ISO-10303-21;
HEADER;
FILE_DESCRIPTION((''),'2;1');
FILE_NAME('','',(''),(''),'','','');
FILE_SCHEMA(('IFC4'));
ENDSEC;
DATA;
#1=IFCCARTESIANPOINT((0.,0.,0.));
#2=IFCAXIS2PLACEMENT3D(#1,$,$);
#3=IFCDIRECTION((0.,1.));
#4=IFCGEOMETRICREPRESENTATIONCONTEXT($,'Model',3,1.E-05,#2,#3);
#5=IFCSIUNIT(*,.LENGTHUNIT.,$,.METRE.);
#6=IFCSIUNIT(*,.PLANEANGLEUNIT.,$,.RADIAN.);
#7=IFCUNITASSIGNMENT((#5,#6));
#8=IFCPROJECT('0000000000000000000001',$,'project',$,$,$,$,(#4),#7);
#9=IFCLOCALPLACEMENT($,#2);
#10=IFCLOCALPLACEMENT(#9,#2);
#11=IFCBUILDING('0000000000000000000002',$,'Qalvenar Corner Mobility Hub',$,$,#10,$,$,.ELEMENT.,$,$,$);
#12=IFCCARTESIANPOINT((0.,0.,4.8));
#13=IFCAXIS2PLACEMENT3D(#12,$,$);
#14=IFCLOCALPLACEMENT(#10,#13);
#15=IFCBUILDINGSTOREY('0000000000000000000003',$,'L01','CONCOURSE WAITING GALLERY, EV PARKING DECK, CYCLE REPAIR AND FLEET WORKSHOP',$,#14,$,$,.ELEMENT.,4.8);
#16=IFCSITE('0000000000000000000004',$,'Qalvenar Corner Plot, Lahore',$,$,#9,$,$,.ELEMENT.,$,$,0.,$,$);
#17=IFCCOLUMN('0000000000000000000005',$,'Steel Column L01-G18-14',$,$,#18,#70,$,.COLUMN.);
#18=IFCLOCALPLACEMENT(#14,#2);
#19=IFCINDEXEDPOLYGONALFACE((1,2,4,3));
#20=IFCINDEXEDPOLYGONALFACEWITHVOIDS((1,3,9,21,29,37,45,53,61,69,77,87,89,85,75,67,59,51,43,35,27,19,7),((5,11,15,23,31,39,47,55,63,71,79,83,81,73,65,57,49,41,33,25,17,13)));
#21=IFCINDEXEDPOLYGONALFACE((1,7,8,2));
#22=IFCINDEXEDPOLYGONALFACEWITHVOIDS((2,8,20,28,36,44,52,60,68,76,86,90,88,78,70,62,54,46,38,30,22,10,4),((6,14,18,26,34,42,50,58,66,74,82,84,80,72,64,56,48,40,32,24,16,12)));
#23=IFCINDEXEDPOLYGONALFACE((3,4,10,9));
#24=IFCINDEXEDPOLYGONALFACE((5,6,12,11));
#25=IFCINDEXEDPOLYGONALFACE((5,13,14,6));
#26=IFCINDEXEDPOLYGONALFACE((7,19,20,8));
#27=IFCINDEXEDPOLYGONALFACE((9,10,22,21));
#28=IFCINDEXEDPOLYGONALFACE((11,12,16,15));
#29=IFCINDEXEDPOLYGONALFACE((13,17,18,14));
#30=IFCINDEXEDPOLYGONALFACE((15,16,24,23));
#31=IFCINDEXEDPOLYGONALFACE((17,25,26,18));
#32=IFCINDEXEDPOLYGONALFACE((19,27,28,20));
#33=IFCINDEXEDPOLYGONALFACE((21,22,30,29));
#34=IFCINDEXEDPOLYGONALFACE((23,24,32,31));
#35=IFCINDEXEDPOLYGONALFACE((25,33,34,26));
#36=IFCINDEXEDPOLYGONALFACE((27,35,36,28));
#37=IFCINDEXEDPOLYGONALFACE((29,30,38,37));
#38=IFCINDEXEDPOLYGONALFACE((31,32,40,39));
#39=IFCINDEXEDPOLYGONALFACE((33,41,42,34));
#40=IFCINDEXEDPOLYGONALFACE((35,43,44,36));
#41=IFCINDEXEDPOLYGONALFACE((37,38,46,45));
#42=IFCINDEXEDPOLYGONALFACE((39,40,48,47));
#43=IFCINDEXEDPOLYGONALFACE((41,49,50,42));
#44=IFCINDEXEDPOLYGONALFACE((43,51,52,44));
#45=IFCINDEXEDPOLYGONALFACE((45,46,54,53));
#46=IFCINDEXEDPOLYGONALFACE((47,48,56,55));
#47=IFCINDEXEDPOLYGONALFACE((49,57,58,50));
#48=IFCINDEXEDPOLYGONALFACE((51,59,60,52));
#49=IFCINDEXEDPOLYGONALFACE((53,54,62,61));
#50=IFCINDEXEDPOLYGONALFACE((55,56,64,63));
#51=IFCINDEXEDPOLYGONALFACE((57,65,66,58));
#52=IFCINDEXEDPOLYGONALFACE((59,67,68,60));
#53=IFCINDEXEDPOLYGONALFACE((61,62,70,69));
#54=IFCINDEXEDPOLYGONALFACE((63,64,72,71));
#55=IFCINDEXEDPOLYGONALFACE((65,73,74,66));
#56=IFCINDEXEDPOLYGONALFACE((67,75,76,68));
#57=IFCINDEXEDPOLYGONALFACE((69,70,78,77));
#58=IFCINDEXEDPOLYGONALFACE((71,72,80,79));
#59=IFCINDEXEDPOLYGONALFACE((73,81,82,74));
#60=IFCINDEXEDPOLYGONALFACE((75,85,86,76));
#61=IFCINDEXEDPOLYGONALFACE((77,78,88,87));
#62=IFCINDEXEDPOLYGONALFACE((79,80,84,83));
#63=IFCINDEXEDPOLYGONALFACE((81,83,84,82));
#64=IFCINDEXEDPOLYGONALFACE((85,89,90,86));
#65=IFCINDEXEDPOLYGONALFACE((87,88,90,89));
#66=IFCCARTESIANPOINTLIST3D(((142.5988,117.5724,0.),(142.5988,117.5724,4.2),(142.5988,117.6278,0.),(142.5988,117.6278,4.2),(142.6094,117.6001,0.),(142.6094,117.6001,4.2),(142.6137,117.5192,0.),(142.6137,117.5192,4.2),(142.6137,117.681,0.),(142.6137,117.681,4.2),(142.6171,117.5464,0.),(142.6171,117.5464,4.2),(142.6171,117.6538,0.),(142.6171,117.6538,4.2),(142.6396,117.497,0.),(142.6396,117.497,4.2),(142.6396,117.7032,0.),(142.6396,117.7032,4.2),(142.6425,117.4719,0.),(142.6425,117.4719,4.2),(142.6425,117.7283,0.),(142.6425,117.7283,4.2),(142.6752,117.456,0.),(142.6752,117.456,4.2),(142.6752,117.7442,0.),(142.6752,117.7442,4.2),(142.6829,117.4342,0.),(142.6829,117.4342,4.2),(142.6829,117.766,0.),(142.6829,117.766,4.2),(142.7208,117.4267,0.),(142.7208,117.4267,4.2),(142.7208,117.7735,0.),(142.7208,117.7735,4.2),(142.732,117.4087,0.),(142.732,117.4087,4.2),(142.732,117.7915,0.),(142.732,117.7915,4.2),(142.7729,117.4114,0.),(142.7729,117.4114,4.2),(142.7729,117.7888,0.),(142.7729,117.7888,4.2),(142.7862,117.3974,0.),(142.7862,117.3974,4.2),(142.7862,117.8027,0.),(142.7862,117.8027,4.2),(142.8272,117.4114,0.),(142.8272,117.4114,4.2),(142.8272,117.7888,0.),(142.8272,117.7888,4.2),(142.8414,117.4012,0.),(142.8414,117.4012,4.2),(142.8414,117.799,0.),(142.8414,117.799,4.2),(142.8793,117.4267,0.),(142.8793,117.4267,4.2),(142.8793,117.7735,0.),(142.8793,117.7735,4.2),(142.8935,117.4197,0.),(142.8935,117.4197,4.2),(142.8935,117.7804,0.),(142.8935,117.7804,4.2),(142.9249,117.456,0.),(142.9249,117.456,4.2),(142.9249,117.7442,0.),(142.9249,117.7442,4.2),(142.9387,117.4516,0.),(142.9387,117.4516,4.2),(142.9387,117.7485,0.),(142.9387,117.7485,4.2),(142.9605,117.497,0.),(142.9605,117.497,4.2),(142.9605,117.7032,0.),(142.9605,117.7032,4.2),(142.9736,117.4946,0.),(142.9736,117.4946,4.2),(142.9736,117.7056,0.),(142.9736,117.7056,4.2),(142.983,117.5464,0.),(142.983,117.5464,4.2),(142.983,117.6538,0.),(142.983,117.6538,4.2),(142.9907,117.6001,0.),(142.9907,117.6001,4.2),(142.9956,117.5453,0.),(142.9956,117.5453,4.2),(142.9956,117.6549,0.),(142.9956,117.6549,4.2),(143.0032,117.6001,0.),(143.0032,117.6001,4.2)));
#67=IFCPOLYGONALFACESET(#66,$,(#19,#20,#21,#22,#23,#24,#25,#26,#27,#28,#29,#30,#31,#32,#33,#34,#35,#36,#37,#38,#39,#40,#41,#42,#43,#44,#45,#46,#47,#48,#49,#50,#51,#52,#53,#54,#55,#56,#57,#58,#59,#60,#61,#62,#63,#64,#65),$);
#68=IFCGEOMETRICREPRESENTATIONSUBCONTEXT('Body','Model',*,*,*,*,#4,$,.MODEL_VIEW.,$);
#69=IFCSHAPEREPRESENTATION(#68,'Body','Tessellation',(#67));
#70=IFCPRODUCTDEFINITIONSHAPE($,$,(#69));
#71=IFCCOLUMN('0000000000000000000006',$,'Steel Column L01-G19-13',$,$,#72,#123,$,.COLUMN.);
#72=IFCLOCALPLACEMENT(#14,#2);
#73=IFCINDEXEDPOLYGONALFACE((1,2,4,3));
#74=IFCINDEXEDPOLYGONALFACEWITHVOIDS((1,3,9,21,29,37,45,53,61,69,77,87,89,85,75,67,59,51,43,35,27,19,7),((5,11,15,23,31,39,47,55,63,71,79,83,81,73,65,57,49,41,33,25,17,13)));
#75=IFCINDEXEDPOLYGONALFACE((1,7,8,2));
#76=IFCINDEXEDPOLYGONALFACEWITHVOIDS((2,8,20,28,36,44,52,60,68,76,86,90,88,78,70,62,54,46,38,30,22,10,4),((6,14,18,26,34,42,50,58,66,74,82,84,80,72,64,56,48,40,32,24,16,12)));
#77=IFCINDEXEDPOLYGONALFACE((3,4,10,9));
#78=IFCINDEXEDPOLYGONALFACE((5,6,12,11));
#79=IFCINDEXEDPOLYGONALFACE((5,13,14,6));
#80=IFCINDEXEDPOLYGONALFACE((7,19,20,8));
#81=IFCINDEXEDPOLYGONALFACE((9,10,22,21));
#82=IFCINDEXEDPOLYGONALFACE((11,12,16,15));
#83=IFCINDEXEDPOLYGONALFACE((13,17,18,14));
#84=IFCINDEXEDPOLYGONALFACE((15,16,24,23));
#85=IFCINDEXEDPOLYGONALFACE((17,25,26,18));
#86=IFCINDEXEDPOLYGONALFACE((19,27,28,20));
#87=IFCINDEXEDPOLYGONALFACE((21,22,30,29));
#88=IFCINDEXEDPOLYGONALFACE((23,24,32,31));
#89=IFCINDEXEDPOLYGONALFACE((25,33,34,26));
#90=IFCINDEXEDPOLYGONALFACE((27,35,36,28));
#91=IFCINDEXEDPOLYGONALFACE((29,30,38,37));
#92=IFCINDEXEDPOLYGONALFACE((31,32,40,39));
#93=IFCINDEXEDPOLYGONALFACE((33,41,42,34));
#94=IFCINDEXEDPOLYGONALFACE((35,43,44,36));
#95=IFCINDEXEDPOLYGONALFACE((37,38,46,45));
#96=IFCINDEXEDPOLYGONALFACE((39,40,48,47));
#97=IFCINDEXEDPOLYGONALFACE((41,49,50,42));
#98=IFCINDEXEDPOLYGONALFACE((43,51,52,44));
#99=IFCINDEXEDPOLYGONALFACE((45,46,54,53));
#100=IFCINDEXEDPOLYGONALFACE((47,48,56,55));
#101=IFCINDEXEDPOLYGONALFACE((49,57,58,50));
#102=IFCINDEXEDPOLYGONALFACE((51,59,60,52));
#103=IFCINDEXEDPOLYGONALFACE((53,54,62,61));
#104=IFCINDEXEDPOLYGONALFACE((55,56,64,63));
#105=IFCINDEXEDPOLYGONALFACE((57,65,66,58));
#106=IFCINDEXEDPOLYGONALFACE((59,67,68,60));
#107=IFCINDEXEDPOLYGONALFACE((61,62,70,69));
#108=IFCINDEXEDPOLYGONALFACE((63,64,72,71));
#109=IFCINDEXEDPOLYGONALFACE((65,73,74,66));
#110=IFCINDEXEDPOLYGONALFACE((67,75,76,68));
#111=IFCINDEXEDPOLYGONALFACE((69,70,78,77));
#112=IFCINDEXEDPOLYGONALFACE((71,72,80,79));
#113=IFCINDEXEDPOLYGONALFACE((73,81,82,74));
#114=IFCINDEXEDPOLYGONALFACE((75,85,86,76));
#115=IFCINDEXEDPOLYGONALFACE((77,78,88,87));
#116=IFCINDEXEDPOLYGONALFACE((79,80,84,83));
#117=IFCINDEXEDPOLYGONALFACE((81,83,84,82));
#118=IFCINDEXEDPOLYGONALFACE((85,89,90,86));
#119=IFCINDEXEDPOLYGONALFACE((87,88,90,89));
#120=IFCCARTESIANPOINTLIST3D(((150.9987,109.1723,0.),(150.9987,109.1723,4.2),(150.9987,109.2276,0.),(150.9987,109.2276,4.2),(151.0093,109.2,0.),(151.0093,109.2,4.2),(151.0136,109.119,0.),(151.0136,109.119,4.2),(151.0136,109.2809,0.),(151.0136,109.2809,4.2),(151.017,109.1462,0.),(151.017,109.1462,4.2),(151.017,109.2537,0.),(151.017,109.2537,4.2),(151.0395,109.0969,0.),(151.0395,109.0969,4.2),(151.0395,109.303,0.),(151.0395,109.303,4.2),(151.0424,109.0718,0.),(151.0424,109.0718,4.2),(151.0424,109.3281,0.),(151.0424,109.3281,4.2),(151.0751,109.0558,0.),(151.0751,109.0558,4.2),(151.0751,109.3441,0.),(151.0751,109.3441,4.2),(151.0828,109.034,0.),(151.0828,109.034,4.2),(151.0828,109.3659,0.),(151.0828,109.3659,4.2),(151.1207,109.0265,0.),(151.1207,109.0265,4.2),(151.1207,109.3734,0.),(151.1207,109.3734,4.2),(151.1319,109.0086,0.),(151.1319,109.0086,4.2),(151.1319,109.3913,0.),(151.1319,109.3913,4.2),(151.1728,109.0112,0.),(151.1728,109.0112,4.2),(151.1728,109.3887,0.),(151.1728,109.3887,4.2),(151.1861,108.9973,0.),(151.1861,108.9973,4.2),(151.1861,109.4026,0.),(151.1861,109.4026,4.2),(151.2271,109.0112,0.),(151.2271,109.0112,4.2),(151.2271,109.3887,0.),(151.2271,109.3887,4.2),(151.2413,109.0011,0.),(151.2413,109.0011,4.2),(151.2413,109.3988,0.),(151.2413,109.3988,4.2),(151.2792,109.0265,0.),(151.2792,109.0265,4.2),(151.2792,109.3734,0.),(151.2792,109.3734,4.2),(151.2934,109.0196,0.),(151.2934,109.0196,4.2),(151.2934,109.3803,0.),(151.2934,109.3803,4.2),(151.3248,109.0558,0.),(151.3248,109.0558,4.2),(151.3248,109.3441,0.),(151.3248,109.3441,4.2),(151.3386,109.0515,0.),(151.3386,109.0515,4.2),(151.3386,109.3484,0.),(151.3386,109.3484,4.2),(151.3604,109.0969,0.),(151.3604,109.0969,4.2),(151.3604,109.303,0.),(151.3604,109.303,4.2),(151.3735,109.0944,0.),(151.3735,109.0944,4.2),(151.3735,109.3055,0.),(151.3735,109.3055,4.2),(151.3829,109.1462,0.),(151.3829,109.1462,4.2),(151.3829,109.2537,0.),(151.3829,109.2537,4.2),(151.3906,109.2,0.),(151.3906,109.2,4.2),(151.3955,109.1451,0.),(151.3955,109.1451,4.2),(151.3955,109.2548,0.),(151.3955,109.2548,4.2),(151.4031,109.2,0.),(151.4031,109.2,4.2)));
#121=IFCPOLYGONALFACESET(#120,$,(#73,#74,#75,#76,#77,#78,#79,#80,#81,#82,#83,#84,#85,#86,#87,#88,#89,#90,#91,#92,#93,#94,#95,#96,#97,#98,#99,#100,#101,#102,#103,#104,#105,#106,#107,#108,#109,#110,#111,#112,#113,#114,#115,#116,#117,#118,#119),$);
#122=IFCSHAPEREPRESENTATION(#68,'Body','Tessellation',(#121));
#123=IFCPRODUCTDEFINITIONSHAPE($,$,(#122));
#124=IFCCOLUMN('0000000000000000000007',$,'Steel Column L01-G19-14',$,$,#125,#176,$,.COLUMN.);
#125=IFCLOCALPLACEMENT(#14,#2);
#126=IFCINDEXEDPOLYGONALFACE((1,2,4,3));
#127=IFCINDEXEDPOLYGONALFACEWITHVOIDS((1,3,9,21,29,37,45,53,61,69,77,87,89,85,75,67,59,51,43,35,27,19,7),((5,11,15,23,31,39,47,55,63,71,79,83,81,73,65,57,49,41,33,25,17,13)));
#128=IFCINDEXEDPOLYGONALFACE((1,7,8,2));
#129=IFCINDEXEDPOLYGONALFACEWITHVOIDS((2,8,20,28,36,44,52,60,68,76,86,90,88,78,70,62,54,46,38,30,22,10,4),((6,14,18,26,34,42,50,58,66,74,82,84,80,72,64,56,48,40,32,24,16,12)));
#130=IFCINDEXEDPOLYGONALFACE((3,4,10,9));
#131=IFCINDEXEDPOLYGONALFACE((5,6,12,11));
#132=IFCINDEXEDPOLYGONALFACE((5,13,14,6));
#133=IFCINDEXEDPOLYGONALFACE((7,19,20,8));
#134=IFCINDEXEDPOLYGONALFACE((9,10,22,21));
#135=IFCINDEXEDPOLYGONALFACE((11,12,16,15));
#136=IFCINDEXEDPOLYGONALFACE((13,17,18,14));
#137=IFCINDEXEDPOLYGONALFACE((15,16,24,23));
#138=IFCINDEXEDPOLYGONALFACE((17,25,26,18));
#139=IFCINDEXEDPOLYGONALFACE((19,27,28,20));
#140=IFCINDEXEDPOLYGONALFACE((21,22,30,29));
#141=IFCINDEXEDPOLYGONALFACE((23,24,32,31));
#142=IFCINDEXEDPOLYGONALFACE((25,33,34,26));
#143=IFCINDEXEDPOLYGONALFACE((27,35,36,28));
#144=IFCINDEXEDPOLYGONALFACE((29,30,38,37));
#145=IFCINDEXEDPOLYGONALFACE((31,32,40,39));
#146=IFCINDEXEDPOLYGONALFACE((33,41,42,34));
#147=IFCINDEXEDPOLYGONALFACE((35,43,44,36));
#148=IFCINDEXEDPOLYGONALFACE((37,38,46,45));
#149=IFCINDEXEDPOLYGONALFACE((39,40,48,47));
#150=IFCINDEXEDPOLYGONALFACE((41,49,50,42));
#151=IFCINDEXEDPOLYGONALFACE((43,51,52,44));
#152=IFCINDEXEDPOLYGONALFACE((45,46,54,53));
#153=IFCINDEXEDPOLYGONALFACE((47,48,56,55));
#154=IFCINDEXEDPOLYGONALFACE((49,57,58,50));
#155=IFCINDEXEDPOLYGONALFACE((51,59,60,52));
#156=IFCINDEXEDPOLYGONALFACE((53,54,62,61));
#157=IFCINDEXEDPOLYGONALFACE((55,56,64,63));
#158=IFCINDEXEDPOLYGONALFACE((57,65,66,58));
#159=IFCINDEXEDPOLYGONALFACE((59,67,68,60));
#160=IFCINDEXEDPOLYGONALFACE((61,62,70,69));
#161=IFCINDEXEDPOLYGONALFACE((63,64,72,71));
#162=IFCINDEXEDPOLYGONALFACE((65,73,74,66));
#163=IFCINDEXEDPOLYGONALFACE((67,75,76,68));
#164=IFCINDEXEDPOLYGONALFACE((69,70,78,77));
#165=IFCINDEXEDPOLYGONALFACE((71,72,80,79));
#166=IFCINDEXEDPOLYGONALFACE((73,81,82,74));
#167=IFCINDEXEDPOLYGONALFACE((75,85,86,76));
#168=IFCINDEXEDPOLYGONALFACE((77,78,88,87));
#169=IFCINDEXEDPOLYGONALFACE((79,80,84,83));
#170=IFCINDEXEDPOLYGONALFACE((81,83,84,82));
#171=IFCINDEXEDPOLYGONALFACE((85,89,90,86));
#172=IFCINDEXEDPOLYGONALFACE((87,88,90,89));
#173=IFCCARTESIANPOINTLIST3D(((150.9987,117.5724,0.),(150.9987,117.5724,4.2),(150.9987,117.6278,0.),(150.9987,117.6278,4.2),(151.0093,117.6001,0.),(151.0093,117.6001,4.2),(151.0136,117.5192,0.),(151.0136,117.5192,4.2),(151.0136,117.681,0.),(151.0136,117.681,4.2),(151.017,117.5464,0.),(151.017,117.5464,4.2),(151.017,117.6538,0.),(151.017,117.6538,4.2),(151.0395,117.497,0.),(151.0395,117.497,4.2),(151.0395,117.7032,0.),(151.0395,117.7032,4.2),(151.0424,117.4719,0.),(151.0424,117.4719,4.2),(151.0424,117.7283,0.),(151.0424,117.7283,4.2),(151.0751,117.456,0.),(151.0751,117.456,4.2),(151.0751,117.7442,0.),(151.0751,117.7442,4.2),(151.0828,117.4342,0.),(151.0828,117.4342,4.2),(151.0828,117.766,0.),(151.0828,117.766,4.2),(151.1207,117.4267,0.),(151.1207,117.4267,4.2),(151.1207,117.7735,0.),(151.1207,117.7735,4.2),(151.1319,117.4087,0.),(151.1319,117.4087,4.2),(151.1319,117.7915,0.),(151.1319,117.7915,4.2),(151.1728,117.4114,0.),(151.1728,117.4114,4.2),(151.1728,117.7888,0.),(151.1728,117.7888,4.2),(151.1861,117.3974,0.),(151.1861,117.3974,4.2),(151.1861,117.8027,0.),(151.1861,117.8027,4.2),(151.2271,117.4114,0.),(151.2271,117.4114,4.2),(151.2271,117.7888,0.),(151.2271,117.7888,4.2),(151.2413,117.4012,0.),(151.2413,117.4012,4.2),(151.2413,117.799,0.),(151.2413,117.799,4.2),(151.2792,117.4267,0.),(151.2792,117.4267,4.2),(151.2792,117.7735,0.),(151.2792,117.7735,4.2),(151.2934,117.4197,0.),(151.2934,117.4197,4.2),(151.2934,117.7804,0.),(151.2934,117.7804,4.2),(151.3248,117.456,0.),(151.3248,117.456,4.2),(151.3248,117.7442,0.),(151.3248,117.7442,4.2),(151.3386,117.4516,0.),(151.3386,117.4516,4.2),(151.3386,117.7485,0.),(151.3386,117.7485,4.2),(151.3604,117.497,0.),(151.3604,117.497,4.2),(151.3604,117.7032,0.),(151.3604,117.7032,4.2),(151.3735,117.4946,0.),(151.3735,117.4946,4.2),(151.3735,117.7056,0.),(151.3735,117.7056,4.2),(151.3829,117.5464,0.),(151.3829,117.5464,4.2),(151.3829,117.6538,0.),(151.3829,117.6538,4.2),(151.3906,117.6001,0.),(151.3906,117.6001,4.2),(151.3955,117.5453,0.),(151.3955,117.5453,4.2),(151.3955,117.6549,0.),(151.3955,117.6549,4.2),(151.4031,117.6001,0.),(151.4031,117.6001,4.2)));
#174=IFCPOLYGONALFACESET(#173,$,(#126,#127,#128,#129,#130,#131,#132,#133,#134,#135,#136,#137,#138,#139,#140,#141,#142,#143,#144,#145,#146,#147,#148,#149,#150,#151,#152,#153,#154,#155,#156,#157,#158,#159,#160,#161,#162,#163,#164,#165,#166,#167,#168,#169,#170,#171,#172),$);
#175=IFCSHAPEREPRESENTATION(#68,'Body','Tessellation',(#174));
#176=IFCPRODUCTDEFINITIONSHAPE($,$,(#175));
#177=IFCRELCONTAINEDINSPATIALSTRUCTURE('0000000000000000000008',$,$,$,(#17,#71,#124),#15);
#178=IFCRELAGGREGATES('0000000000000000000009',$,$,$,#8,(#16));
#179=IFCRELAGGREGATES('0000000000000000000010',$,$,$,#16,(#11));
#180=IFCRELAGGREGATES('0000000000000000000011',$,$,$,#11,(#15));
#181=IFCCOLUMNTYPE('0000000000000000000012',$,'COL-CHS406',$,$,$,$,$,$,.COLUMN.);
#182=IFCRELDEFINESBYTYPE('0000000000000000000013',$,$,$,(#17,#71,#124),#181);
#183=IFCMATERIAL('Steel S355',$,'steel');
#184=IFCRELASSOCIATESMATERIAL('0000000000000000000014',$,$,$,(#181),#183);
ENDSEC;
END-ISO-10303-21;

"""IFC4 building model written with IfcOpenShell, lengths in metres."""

from ifc_helpers import new_model, si_unit, direction, frame, origin, origin_2d, place, context, subcontext, project, spatial, hollow_circle, extrude, material, material_profile, profile_set, type_object, element, save


model = new_model("IFC4")

# Units and contexts
model_context = context("Model", 3, precision=1e-05, world=origin(), true_north=direction((0.0, 1.0)))
body_context = subcontext(model_context, "Body", "Model", "MODEL_VIEW")
ifc_project = project(units=[si_unit("LENGTHUNIT", "METRE"), si_unit("PLANEANGLEUNIT", "RADIAN")], contexts=[model_context])

# Site, building, storey
site_placement = place(None, origin())
site = spatial("IfcSite", under=ifc_project, at=site_placement, Name="Qalvenar Corner Plot, Lahore", CompositionType="ELEMENT", RefElevation=0.0)
building_placement = place(site_placement, origin())
building = spatial("IfcBuilding", under=site, at=building_placement, Name="Qalvenar Corner Mobility Hub", CompositionType="ELEMENT")
storey_placement = place(building_placement, frame((0.0, 0.0, 4.8)))
storey = spatial("IfcBuildingStorey", under=building, at=storey_placement, Name="L01", Description="CONCOURSE WAITING GALLERY, EV PARKING DECK, CYCLE REPAIR AND FLEET WORKSHOP", CompositionType="ELEMENT", Elevation=4.8)

# Columns
ifc_material_1 = material(Name="Steel S355", Category="steel")
ifc_material_profile_1 = material_profile(ifc_material_1, hollow_circle(Radius=0.2031, WallThickness=0.0125, at=origin_2d()), Name="CHS406.4x12.5")
ifc_profile_set_1 = profile_set([ifc_material_profile_1], Name="Steel S355")
column_type = type_object("IfcColumnType", Name="COL-CHS406", PredefinedType="COLUMN", material=ifc_profile_set_1)
for number, where, z_axis, x_axis, name in (
    (1, (142.8, 117.6001, 0.0), (0.0, 0.0, 1.0), (1.0, 0.0, 0.0), "Steel Column L01-G18-14"),
    (2, (151.2, 109.2, 0.0), (0.0, 0.0, 1.0), (1.0, 0.0, 0.0), "Steel Column L01-G19-13"),
    (3, (151.2, 117.6001, 0.0), (0.0, 0.0, 1.0), (1.0, 0.0, 0.0), "Steel Column L01-G19-14"),
):
    element("IfcColumn", number, at=place(storey_placement, frame(where, z_axis=z_axis, x_axis=x_axis)), inside=storey, type_object=column_type, Name=name, PredefinedType="COLUMN", context=body_context, shape_type="SweptSolid", body=[
        extrude(hollow_circle(Radius=0.2031, WallThickness=0.0125, at=origin_2d()), origin(), (0.0, 0.0, 1.0), 4.2),
    ])

save(model, "model.ifc")
